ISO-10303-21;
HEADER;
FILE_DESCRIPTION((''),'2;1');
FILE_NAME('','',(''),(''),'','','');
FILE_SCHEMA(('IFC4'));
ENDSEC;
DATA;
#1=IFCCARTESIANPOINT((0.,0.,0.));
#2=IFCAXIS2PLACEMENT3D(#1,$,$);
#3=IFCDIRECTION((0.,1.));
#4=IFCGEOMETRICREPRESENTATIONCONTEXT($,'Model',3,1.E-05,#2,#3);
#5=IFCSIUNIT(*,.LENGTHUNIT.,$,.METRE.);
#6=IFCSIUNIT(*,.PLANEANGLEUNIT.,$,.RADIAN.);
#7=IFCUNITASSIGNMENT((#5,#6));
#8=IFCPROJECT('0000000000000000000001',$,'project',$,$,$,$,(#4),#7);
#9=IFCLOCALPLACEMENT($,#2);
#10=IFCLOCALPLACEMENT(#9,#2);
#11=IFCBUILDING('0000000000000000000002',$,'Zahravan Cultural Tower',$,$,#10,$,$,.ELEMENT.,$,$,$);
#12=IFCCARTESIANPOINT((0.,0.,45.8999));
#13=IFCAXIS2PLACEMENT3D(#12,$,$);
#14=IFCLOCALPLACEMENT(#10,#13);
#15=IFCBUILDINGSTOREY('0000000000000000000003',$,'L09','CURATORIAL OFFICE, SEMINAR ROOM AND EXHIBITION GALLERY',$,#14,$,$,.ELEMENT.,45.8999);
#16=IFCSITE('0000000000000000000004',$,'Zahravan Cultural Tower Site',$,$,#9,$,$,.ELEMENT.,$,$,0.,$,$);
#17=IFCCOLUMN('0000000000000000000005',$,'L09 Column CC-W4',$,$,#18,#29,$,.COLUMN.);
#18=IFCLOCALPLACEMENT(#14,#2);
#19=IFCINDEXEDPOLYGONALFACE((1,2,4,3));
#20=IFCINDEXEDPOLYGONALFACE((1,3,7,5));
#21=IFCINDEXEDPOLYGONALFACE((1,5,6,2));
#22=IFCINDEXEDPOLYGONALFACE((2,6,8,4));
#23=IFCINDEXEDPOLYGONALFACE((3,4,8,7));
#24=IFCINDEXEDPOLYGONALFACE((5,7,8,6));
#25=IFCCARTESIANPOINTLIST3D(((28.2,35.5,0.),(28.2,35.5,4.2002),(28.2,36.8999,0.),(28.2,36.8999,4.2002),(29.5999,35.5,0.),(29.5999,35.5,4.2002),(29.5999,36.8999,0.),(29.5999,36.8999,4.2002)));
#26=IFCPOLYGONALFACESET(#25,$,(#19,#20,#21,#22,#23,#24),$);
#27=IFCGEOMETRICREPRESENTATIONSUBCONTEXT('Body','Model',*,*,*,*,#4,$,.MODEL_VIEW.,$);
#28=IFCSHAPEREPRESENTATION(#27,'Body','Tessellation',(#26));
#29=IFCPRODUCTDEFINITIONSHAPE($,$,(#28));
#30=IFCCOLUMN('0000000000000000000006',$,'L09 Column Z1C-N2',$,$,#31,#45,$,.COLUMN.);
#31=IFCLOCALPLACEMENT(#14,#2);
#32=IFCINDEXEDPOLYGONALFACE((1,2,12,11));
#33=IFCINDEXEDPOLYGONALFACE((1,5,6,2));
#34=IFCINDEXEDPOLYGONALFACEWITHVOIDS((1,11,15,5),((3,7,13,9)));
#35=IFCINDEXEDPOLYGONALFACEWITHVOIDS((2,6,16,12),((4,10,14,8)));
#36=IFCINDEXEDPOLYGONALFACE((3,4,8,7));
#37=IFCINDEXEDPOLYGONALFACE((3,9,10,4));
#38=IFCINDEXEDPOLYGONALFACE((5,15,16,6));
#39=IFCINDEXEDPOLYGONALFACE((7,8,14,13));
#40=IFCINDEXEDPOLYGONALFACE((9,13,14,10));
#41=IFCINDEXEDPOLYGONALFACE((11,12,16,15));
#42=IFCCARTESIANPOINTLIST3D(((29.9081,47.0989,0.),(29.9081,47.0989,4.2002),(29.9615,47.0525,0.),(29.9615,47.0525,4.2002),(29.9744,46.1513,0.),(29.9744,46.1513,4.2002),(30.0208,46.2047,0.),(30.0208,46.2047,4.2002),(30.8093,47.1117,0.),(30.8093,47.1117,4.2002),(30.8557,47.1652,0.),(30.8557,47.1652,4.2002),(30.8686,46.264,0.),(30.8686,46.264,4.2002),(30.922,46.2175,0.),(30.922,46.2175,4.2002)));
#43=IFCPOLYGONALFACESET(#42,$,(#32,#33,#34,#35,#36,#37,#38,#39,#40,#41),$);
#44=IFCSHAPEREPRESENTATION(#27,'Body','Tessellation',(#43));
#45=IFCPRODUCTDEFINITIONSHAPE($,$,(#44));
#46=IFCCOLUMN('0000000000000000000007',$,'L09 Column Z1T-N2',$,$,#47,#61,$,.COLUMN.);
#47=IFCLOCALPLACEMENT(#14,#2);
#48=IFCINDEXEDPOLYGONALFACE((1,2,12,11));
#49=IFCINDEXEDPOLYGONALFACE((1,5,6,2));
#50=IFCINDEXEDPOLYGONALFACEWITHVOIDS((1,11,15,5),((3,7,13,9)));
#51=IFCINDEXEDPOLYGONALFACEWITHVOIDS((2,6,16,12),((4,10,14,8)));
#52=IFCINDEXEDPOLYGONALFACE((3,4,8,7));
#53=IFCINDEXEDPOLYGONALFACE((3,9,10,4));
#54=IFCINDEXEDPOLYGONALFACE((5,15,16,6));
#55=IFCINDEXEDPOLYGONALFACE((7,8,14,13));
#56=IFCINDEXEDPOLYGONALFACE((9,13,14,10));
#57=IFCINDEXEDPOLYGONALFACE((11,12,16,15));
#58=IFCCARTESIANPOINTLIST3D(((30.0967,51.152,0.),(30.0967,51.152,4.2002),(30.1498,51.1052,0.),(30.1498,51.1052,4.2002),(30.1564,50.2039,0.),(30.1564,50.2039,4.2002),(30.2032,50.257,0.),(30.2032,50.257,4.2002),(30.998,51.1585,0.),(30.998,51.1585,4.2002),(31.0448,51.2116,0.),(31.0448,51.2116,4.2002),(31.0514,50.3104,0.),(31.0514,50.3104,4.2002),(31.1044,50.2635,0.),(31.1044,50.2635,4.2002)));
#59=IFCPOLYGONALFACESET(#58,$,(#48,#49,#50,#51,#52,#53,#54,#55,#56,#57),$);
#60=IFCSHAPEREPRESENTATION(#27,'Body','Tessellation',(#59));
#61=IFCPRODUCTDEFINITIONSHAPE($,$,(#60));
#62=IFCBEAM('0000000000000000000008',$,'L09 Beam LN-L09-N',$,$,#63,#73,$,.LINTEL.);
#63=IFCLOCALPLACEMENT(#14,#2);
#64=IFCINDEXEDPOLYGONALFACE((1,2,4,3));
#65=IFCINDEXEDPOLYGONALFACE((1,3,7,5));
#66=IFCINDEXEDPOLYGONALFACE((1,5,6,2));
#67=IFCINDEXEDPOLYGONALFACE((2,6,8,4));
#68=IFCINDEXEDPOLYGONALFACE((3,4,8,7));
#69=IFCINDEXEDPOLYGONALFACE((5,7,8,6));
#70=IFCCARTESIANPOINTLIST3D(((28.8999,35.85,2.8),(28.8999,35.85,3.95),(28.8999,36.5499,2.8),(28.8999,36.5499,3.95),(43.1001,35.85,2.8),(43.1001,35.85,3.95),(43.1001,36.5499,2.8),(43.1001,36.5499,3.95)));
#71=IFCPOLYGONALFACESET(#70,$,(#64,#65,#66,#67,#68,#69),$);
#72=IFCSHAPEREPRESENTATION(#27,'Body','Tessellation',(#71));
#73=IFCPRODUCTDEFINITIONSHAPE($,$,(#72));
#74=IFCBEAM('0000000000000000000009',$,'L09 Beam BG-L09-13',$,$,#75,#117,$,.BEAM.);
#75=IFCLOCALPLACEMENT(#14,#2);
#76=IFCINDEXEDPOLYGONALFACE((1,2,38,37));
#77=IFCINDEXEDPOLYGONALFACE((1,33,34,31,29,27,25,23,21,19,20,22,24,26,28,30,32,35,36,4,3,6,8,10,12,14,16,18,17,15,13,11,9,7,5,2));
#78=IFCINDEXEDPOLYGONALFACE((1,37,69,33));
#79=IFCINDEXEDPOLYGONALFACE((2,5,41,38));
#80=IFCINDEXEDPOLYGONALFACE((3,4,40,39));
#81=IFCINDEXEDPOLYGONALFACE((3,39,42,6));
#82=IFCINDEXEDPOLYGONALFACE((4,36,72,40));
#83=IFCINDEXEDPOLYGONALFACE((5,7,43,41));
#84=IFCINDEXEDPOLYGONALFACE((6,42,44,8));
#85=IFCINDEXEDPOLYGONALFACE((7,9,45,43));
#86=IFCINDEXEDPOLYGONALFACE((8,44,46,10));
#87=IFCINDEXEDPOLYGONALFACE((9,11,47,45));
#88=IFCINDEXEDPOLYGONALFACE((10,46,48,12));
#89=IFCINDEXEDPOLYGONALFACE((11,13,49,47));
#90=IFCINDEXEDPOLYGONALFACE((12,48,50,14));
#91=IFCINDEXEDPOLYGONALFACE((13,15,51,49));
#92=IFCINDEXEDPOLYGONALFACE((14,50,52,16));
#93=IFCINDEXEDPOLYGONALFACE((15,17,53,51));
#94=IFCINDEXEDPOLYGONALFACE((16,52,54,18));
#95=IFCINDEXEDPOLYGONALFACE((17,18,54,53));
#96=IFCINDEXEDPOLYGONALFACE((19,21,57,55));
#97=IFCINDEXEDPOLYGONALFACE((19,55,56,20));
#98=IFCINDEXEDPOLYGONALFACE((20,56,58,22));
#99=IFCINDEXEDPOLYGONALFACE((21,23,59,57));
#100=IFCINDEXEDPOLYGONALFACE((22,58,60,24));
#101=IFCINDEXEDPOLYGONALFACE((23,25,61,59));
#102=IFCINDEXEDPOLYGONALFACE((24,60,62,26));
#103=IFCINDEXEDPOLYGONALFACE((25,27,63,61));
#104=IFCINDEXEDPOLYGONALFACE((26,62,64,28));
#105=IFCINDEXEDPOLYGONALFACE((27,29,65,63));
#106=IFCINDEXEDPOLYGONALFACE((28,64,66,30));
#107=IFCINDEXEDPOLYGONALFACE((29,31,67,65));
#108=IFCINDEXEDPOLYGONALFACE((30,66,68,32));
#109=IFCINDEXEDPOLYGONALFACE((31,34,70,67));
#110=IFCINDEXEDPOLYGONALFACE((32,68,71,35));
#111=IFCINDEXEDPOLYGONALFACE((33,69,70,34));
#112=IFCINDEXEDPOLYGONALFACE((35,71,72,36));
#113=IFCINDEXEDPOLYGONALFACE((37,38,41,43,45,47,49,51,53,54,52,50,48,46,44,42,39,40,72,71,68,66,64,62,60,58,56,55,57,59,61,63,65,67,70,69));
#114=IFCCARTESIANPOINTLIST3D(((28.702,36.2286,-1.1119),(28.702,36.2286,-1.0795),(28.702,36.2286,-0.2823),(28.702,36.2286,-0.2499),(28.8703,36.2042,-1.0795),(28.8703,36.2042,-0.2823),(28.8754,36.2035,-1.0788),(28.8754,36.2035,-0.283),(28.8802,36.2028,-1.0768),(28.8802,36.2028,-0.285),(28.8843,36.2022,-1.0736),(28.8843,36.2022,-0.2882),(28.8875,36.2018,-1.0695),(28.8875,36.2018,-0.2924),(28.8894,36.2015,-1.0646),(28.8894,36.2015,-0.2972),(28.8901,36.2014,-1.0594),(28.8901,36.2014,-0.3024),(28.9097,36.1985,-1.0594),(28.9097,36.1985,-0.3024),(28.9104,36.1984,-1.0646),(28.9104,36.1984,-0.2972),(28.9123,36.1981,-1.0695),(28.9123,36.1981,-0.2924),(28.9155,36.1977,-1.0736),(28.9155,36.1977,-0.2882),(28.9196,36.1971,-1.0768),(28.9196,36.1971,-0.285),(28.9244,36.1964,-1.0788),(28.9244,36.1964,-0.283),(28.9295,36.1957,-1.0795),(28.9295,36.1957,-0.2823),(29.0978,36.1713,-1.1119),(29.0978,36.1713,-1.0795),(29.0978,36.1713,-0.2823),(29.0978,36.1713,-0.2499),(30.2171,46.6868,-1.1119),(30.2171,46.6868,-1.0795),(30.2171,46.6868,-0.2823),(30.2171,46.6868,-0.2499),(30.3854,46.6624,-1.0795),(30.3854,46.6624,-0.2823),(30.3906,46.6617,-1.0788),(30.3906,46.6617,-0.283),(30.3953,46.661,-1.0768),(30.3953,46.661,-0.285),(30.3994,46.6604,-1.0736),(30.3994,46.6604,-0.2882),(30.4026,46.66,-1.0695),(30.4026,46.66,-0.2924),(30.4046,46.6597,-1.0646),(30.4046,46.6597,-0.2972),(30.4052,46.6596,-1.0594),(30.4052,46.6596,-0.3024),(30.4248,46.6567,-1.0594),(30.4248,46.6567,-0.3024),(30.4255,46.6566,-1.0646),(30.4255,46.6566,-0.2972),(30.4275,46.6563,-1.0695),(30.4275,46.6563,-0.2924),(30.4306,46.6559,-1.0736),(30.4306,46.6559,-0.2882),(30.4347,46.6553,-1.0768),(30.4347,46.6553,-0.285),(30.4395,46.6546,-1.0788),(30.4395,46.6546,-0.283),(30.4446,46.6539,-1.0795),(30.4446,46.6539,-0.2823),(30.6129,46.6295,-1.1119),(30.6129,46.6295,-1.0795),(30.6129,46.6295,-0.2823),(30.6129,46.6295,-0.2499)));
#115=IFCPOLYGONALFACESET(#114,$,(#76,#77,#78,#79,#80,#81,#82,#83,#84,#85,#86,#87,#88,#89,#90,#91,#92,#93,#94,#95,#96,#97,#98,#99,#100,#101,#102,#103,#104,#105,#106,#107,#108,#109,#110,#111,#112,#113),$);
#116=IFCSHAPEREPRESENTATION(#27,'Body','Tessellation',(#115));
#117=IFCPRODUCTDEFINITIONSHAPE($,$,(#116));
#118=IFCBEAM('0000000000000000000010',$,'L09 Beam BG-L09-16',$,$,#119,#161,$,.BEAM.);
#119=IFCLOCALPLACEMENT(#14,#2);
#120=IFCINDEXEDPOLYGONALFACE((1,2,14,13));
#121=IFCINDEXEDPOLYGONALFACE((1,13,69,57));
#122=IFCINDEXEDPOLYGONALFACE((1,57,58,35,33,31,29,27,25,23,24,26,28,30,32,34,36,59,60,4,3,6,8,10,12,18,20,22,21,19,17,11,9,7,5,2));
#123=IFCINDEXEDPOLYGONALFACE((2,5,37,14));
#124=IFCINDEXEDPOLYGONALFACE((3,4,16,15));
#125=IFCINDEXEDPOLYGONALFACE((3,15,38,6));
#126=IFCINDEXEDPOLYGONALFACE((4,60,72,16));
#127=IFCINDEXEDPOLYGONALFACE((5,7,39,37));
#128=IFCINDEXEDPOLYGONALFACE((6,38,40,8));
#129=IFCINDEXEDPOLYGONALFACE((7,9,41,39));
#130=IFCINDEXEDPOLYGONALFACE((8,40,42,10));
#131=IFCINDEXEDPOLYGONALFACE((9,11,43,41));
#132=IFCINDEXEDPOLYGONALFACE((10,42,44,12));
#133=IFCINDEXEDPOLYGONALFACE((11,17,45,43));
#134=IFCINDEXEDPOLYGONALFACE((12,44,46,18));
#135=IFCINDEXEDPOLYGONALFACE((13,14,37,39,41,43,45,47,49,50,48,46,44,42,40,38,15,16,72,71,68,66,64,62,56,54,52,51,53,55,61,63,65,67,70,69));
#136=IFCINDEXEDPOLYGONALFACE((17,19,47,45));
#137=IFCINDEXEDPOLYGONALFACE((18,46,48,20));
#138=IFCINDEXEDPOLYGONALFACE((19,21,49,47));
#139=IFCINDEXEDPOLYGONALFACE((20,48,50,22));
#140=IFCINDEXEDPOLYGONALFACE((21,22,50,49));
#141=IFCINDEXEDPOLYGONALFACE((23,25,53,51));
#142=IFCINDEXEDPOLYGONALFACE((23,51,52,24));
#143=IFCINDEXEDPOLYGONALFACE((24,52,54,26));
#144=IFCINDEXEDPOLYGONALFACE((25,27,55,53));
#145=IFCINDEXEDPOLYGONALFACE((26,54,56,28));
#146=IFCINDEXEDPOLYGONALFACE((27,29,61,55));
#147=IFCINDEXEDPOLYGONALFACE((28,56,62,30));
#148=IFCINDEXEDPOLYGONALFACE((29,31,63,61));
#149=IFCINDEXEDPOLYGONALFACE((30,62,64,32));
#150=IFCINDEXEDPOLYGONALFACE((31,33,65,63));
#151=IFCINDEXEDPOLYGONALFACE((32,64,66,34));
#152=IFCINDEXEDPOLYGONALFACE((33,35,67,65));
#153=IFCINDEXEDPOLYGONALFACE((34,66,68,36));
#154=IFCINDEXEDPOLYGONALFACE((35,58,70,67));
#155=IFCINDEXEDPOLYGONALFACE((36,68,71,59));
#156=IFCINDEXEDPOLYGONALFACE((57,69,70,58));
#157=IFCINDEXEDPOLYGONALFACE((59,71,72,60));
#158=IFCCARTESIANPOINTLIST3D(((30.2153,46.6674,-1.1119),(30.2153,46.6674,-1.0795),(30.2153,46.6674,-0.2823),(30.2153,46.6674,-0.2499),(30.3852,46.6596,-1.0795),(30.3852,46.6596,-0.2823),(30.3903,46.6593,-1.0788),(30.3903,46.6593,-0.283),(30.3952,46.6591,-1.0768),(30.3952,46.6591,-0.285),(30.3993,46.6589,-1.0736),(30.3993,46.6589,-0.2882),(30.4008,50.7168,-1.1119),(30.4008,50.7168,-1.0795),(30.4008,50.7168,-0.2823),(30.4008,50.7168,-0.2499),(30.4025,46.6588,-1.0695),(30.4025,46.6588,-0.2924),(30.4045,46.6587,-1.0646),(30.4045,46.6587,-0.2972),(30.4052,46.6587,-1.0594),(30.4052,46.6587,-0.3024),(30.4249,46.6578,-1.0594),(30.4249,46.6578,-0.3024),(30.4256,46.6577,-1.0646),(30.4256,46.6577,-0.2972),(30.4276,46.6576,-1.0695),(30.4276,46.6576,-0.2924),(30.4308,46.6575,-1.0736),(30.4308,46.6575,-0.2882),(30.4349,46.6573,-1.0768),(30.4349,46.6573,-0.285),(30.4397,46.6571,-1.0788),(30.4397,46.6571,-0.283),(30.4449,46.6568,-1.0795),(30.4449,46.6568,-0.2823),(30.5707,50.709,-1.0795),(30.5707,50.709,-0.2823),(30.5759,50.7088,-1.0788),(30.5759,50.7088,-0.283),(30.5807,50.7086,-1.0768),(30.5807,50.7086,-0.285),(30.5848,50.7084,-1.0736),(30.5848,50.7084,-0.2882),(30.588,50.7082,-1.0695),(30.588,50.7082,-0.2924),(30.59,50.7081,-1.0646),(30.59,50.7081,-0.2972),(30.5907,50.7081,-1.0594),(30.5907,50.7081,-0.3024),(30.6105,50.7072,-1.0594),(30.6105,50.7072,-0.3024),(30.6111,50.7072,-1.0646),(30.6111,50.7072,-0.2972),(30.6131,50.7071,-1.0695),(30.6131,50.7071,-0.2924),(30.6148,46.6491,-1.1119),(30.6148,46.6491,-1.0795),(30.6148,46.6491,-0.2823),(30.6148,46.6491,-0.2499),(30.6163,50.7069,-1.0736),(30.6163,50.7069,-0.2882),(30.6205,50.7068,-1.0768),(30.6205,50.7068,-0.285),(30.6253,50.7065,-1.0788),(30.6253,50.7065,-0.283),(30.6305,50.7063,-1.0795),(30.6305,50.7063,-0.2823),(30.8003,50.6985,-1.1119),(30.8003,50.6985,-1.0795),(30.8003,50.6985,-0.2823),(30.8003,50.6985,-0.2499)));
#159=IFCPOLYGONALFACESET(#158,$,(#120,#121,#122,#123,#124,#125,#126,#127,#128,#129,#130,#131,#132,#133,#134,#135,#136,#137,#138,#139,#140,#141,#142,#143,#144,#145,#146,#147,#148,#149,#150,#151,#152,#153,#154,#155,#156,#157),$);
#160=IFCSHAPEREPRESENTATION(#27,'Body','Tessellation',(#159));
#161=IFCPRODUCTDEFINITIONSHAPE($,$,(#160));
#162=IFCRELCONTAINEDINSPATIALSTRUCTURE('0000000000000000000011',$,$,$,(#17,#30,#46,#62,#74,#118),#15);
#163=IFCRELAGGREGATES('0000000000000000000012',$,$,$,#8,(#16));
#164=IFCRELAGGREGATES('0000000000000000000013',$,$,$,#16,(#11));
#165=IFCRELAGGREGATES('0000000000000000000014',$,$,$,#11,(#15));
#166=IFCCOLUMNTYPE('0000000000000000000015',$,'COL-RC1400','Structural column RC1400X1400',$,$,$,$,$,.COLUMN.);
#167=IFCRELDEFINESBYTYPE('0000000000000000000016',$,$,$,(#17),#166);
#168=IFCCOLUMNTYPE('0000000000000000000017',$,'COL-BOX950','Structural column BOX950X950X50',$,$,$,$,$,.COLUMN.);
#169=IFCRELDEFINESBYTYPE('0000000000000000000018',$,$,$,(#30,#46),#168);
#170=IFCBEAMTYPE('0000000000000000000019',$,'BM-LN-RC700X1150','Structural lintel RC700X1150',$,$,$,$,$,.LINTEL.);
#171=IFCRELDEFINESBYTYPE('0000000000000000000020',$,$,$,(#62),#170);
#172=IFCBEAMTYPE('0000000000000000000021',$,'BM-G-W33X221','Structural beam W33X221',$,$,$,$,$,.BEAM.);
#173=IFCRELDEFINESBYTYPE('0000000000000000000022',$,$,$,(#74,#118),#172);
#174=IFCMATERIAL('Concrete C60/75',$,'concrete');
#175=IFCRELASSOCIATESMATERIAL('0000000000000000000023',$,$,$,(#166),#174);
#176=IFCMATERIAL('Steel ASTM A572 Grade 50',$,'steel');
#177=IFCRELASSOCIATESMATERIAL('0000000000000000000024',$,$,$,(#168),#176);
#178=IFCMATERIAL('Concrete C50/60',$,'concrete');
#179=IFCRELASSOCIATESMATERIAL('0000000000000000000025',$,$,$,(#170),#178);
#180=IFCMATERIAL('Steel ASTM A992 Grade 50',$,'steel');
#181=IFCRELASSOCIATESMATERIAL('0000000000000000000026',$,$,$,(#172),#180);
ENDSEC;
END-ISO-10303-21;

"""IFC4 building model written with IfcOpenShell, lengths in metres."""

from ifc_helpers import new_model, si_unit, direction, frame, origin, origin_2d, place, context, subcontext, project, spatial, rectangle, hollow_rectangle, i_section, extrude, source, transform, mapped, material, material_profile, profile_set, type_object, element, save


model = new_model("IFC4")

# Units and contexts
model_context = context("Model", 3, precision=1e-05, world=origin(), true_north=direction((0.0, 1.0)))
body_context = subcontext(model_context, "Body", "Model", "MODEL_VIEW")
ifc_project = project(units=[si_unit("LENGTHUNIT", "METRE"), si_unit("PLANEANGLEUNIT", "RADIAN")], contexts=[model_context])

# Site, building, storey
site_placement = place(None, origin())
site = spatial("IfcSite", under=ifc_project, at=site_placement, Name="Zahravan Cultural Tower Site", CompositionType="ELEMENT", RefElevation=0.0)
building_placement = place(site_placement, origin())
building = spatial("IfcBuilding", under=site, at=building_placement, Name="Zahravan Cultural Tower", CompositionType="ELEMENT")
storey_placement = place(building_placement, frame((0.0, 0.0, 45.8999)))
storey = spatial("IfcBuildingStorey", under=building, at=storey_placement, Name="L09", Description="CURATORIAL OFFICE, SEMINAR ROOM AND EXHIBITION GALLERY", CompositionType="ELEMENT", Elevation=45.8999)

# Columns
ifc_material_1 = material(Name="Concrete C60/75", Category="concrete")
ifc_material_profile_1 = material_profile(ifc_material_1, rectangle(XDim=1.3999, YDim=1.3999, at=origin_2d()), Name="RC1400X1400")
ifc_profile_set_1 = profile_set([ifc_material_profile_1], Name="Concrete C60/75")
column_type_1 = type_object("IfcColumnType", Name="COL-RC1400", Description="Structural column RC1400X1400", PredefinedType="COLUMN", material=ifc_profile_set_1)
shared_shape_1 = source(origin(), body_context, "Body", "SweptSolid", [
    extrude(rectangle(XDim=1.3999, YDim=1.3999, at=origin_2d()), origin(), (0.0, 0.0, 1.0), 4.2002),
])
column_placement = place(storey_placement, frame((28.8999, 36.2, 0.0), z_axis=(0.0, 0.0, 1.0), x_axis=(1.0, 0.0, 0.0)))
element("IfcColumn", 1, at=column_placement, inside=storey, type_object=column_type_1, Name="L09 Column CC-W4", PredefinedType="COLUMN", context=body_context, shape_type="MappedRepresentation", body=[
    mapped(shared_shape_1, transform((0.0, 0.0, 0.0), x_axis=(1.0, 0.0, 0.0), y_axis=(0.0, 1.0, 0.0), z_axis=(0.0, 0.0, 1.0), scale=1.0)),
])
ifc_material_2 = material(Name="Steel ASTM A572 Grade 50", Category="steel")
ifc_material_profile_2 = material_profile(ifc_material_2, hollow_rectangle(XDim=0.95, YDim=0.95, WallThickness=0.05, at=origin_2d()), Name="BOX950X950X50")
ifc_profile_set_2 = profile_set([ifc_material_profile_2], Name="Steel ASTM A572 Grade 50")
column_type_2 = type_object("IfcColumnType", Name="COL-BOX950", Description="Structural column BOX950X950X50", PredefinedType="COLUMN", material=ifc_profile_set_2)
shared_shape_2 = source(origin(), body_context, "Body", "SweptSolid", [
    extrude(hollow_rectangle(XDim=0.95, YDim=0.95, WallThickness=0.05, at=origin_2d()), origin(), (0.0, 0.0, 1.0), 4.2002),
])
for number, where, z_axis, x_axis, name in (
    (2, (30.415, 46.6582, 0.0), (0.0, 0.0, 1.0), (-0.069756, 0.997564, 0.0), "L09 Column Z1C-N2"),
    (3, (30.6006, 50.7078, 0.0), (0.0, 0.0, 1.0), (-0.062791, 0.998027, 0.0), "L09 Column Z1T-N2"),
):
    element("IfcColumn", number, at=place(storey_placement, frame(where, z_axis=z_axis, x_axis=x_axis)), inside=storey, type_object=column_type_2, Name=name, PredefinedType="COLUMN", context=body_context, shape_type="MappedRepresentation", body=[
        mapped(shared_shape_2, transform((0.0, 0.0, 0.0), x_axis=(1.0, 0.0, 0.0), y_axis=(0.0, 1.0, 0.0), z_axis=(0.0, 0.0, 1.0), scale=1.0)),
    ])

# Beams
ifc_material_3 = material(Name="Concrete C50/60", Category="concrete")
ifc_material_profile_3 = material_profile(ifc_material_3, rectangle(XDim=0.7, YDim=1.1499, at=origin_2d()), Name="RC700X1150")
ifc_profile_set_3 = profile_set([ifc_material_profile_3], Name="Concrete C50/60")
beam_type_1 = type_object("IfcBeamType", Name="BM-LN-RC700X1150", Description="Structural lintel RC700X1150", PredefinedType="LINTEL", material=ifc_profile_set_3)
shared_shape_3 = source(origin(), body_context, "Body", "SweptSolid", [
    extrude(rectangle(XDim=0.7, YDim=1.1499, at=origin_2d()), origin(), (0.0, 0.0, 1.0), 14.2002),
])
beam_1_placement = place(storey_placement, frame((28.8999, 36.2, 3.375), z_axis=(1.0, 0.0, 0.0), x_axis=(0.0, 1.0, 0.0)))
element("IfcBeam", 4, at=beam_1_placement, inside=storey, type_object=beam_type_1, Name="L09 Beam LN-L09-N", PredefinedType="LINTEL", context=body_context, shape_type="MappedRepresentation", body=[
    mapped(shared_shape_3, transform((0.0, 0.0, 0.0), x_axis=(1.0, 0.0, 0.0), y_axis=(0.0, 1.0, 0.0), z_axis=(0.0, 0.0, 1.0), scale=1.0)),
])
ifc_material_4 = material(Name="Steel ASTM A992 Grade 50", Category="steel")
ifc_material_profile_4 = material_profile(ifc_material_4, i_section(OverallWidth=0.3999, OverallDepth=0.8621, WebThickness=0.0198, FlangeThickness=0.0325, FilletRadius=0.02, at=origin_2d()), Name="W33X221")
ifc_profile_set_4 = profile_set([ifc_material_profile_4], Name="Steel ASTM A992 Grade 50")
beam_type_2 = type_object("IfcBeamType", Name="BM-G-W33X221", Description="Structural beam W33X221", PredefinedType="BEAM", material=ifc_profile_set_4)
shared_shape_4 = source(origin(), body_context, "Body", "SweptSolid", [
    extrude(i_section(OverallWidth=0.3999, OverallDepth=0.8621, WebThickness=0.0198, FlangeThickness=0.0325, FilletRadius=0.02, at=origin_2d()), origin(), (0.0, 0.0, 1.0), 10.5674),
])
beam_2_placement = place(storey_placement, frame((28.8999, 36.2, -0.6809), z_axis=(0.143378, 0.989668, 0.0), x_axis=(-0.989668, 0.143378, 0.0)))
element("IfcBeam", 5, at=beam_2_placement, inside=storey, type_object=beam_type_2, Name="L09 Beam BG-L09-13", PredefinedType="BEAM", context=body_context, shape_type="MappedRepresentation", body=[
    mapped(shared_shape_4, transform((0.0, 0.0, 0.0), x_axis=(1.0, 0.0, 0.0), y_axis=(0.0, 1.0, 0.0), z_axis=(0.0, 0.0, 1.0), scale=1.0)),
])
shared_shape_5 = source(origin(), body_context, "Body", "SweptSolid", [
    extrude(i_section(OverallWidth=0.3999, OverallDepth=0.8621, WebThickness=0.0198, FlangeThickness=0.0325, FilletRadius=0.02, at=origin_2d()), origin(), (0.0, 0.0, 1.0), 4.0537),
])
beam_3_placement = place(storey_placement, frame((30.415, 46.6582, -0.6809), z_axis=(0.045771, 0.998952, 0.0), x_axis=(-0.998952, 0.045771, 0.0)))
element("IfcBeam", 6, at=beam_3_placement, inside=storey, type_object=beam_type_2, Name="L09 Beam BG-L09-16", PredefinedType="BEAM", context=body_context, shape_type="MappedRepresentation", body=[
    mapped(shared_shape_5, transform((0.0, 0.0, 0.0), x_axis=(1.0, 0.0, 0.0), y_axis=(0.0, 1.0, 0.0), z_axis=(0.0, 0.0, 1.0), scale=1.0)),
])

save(model, "model.ifc")
